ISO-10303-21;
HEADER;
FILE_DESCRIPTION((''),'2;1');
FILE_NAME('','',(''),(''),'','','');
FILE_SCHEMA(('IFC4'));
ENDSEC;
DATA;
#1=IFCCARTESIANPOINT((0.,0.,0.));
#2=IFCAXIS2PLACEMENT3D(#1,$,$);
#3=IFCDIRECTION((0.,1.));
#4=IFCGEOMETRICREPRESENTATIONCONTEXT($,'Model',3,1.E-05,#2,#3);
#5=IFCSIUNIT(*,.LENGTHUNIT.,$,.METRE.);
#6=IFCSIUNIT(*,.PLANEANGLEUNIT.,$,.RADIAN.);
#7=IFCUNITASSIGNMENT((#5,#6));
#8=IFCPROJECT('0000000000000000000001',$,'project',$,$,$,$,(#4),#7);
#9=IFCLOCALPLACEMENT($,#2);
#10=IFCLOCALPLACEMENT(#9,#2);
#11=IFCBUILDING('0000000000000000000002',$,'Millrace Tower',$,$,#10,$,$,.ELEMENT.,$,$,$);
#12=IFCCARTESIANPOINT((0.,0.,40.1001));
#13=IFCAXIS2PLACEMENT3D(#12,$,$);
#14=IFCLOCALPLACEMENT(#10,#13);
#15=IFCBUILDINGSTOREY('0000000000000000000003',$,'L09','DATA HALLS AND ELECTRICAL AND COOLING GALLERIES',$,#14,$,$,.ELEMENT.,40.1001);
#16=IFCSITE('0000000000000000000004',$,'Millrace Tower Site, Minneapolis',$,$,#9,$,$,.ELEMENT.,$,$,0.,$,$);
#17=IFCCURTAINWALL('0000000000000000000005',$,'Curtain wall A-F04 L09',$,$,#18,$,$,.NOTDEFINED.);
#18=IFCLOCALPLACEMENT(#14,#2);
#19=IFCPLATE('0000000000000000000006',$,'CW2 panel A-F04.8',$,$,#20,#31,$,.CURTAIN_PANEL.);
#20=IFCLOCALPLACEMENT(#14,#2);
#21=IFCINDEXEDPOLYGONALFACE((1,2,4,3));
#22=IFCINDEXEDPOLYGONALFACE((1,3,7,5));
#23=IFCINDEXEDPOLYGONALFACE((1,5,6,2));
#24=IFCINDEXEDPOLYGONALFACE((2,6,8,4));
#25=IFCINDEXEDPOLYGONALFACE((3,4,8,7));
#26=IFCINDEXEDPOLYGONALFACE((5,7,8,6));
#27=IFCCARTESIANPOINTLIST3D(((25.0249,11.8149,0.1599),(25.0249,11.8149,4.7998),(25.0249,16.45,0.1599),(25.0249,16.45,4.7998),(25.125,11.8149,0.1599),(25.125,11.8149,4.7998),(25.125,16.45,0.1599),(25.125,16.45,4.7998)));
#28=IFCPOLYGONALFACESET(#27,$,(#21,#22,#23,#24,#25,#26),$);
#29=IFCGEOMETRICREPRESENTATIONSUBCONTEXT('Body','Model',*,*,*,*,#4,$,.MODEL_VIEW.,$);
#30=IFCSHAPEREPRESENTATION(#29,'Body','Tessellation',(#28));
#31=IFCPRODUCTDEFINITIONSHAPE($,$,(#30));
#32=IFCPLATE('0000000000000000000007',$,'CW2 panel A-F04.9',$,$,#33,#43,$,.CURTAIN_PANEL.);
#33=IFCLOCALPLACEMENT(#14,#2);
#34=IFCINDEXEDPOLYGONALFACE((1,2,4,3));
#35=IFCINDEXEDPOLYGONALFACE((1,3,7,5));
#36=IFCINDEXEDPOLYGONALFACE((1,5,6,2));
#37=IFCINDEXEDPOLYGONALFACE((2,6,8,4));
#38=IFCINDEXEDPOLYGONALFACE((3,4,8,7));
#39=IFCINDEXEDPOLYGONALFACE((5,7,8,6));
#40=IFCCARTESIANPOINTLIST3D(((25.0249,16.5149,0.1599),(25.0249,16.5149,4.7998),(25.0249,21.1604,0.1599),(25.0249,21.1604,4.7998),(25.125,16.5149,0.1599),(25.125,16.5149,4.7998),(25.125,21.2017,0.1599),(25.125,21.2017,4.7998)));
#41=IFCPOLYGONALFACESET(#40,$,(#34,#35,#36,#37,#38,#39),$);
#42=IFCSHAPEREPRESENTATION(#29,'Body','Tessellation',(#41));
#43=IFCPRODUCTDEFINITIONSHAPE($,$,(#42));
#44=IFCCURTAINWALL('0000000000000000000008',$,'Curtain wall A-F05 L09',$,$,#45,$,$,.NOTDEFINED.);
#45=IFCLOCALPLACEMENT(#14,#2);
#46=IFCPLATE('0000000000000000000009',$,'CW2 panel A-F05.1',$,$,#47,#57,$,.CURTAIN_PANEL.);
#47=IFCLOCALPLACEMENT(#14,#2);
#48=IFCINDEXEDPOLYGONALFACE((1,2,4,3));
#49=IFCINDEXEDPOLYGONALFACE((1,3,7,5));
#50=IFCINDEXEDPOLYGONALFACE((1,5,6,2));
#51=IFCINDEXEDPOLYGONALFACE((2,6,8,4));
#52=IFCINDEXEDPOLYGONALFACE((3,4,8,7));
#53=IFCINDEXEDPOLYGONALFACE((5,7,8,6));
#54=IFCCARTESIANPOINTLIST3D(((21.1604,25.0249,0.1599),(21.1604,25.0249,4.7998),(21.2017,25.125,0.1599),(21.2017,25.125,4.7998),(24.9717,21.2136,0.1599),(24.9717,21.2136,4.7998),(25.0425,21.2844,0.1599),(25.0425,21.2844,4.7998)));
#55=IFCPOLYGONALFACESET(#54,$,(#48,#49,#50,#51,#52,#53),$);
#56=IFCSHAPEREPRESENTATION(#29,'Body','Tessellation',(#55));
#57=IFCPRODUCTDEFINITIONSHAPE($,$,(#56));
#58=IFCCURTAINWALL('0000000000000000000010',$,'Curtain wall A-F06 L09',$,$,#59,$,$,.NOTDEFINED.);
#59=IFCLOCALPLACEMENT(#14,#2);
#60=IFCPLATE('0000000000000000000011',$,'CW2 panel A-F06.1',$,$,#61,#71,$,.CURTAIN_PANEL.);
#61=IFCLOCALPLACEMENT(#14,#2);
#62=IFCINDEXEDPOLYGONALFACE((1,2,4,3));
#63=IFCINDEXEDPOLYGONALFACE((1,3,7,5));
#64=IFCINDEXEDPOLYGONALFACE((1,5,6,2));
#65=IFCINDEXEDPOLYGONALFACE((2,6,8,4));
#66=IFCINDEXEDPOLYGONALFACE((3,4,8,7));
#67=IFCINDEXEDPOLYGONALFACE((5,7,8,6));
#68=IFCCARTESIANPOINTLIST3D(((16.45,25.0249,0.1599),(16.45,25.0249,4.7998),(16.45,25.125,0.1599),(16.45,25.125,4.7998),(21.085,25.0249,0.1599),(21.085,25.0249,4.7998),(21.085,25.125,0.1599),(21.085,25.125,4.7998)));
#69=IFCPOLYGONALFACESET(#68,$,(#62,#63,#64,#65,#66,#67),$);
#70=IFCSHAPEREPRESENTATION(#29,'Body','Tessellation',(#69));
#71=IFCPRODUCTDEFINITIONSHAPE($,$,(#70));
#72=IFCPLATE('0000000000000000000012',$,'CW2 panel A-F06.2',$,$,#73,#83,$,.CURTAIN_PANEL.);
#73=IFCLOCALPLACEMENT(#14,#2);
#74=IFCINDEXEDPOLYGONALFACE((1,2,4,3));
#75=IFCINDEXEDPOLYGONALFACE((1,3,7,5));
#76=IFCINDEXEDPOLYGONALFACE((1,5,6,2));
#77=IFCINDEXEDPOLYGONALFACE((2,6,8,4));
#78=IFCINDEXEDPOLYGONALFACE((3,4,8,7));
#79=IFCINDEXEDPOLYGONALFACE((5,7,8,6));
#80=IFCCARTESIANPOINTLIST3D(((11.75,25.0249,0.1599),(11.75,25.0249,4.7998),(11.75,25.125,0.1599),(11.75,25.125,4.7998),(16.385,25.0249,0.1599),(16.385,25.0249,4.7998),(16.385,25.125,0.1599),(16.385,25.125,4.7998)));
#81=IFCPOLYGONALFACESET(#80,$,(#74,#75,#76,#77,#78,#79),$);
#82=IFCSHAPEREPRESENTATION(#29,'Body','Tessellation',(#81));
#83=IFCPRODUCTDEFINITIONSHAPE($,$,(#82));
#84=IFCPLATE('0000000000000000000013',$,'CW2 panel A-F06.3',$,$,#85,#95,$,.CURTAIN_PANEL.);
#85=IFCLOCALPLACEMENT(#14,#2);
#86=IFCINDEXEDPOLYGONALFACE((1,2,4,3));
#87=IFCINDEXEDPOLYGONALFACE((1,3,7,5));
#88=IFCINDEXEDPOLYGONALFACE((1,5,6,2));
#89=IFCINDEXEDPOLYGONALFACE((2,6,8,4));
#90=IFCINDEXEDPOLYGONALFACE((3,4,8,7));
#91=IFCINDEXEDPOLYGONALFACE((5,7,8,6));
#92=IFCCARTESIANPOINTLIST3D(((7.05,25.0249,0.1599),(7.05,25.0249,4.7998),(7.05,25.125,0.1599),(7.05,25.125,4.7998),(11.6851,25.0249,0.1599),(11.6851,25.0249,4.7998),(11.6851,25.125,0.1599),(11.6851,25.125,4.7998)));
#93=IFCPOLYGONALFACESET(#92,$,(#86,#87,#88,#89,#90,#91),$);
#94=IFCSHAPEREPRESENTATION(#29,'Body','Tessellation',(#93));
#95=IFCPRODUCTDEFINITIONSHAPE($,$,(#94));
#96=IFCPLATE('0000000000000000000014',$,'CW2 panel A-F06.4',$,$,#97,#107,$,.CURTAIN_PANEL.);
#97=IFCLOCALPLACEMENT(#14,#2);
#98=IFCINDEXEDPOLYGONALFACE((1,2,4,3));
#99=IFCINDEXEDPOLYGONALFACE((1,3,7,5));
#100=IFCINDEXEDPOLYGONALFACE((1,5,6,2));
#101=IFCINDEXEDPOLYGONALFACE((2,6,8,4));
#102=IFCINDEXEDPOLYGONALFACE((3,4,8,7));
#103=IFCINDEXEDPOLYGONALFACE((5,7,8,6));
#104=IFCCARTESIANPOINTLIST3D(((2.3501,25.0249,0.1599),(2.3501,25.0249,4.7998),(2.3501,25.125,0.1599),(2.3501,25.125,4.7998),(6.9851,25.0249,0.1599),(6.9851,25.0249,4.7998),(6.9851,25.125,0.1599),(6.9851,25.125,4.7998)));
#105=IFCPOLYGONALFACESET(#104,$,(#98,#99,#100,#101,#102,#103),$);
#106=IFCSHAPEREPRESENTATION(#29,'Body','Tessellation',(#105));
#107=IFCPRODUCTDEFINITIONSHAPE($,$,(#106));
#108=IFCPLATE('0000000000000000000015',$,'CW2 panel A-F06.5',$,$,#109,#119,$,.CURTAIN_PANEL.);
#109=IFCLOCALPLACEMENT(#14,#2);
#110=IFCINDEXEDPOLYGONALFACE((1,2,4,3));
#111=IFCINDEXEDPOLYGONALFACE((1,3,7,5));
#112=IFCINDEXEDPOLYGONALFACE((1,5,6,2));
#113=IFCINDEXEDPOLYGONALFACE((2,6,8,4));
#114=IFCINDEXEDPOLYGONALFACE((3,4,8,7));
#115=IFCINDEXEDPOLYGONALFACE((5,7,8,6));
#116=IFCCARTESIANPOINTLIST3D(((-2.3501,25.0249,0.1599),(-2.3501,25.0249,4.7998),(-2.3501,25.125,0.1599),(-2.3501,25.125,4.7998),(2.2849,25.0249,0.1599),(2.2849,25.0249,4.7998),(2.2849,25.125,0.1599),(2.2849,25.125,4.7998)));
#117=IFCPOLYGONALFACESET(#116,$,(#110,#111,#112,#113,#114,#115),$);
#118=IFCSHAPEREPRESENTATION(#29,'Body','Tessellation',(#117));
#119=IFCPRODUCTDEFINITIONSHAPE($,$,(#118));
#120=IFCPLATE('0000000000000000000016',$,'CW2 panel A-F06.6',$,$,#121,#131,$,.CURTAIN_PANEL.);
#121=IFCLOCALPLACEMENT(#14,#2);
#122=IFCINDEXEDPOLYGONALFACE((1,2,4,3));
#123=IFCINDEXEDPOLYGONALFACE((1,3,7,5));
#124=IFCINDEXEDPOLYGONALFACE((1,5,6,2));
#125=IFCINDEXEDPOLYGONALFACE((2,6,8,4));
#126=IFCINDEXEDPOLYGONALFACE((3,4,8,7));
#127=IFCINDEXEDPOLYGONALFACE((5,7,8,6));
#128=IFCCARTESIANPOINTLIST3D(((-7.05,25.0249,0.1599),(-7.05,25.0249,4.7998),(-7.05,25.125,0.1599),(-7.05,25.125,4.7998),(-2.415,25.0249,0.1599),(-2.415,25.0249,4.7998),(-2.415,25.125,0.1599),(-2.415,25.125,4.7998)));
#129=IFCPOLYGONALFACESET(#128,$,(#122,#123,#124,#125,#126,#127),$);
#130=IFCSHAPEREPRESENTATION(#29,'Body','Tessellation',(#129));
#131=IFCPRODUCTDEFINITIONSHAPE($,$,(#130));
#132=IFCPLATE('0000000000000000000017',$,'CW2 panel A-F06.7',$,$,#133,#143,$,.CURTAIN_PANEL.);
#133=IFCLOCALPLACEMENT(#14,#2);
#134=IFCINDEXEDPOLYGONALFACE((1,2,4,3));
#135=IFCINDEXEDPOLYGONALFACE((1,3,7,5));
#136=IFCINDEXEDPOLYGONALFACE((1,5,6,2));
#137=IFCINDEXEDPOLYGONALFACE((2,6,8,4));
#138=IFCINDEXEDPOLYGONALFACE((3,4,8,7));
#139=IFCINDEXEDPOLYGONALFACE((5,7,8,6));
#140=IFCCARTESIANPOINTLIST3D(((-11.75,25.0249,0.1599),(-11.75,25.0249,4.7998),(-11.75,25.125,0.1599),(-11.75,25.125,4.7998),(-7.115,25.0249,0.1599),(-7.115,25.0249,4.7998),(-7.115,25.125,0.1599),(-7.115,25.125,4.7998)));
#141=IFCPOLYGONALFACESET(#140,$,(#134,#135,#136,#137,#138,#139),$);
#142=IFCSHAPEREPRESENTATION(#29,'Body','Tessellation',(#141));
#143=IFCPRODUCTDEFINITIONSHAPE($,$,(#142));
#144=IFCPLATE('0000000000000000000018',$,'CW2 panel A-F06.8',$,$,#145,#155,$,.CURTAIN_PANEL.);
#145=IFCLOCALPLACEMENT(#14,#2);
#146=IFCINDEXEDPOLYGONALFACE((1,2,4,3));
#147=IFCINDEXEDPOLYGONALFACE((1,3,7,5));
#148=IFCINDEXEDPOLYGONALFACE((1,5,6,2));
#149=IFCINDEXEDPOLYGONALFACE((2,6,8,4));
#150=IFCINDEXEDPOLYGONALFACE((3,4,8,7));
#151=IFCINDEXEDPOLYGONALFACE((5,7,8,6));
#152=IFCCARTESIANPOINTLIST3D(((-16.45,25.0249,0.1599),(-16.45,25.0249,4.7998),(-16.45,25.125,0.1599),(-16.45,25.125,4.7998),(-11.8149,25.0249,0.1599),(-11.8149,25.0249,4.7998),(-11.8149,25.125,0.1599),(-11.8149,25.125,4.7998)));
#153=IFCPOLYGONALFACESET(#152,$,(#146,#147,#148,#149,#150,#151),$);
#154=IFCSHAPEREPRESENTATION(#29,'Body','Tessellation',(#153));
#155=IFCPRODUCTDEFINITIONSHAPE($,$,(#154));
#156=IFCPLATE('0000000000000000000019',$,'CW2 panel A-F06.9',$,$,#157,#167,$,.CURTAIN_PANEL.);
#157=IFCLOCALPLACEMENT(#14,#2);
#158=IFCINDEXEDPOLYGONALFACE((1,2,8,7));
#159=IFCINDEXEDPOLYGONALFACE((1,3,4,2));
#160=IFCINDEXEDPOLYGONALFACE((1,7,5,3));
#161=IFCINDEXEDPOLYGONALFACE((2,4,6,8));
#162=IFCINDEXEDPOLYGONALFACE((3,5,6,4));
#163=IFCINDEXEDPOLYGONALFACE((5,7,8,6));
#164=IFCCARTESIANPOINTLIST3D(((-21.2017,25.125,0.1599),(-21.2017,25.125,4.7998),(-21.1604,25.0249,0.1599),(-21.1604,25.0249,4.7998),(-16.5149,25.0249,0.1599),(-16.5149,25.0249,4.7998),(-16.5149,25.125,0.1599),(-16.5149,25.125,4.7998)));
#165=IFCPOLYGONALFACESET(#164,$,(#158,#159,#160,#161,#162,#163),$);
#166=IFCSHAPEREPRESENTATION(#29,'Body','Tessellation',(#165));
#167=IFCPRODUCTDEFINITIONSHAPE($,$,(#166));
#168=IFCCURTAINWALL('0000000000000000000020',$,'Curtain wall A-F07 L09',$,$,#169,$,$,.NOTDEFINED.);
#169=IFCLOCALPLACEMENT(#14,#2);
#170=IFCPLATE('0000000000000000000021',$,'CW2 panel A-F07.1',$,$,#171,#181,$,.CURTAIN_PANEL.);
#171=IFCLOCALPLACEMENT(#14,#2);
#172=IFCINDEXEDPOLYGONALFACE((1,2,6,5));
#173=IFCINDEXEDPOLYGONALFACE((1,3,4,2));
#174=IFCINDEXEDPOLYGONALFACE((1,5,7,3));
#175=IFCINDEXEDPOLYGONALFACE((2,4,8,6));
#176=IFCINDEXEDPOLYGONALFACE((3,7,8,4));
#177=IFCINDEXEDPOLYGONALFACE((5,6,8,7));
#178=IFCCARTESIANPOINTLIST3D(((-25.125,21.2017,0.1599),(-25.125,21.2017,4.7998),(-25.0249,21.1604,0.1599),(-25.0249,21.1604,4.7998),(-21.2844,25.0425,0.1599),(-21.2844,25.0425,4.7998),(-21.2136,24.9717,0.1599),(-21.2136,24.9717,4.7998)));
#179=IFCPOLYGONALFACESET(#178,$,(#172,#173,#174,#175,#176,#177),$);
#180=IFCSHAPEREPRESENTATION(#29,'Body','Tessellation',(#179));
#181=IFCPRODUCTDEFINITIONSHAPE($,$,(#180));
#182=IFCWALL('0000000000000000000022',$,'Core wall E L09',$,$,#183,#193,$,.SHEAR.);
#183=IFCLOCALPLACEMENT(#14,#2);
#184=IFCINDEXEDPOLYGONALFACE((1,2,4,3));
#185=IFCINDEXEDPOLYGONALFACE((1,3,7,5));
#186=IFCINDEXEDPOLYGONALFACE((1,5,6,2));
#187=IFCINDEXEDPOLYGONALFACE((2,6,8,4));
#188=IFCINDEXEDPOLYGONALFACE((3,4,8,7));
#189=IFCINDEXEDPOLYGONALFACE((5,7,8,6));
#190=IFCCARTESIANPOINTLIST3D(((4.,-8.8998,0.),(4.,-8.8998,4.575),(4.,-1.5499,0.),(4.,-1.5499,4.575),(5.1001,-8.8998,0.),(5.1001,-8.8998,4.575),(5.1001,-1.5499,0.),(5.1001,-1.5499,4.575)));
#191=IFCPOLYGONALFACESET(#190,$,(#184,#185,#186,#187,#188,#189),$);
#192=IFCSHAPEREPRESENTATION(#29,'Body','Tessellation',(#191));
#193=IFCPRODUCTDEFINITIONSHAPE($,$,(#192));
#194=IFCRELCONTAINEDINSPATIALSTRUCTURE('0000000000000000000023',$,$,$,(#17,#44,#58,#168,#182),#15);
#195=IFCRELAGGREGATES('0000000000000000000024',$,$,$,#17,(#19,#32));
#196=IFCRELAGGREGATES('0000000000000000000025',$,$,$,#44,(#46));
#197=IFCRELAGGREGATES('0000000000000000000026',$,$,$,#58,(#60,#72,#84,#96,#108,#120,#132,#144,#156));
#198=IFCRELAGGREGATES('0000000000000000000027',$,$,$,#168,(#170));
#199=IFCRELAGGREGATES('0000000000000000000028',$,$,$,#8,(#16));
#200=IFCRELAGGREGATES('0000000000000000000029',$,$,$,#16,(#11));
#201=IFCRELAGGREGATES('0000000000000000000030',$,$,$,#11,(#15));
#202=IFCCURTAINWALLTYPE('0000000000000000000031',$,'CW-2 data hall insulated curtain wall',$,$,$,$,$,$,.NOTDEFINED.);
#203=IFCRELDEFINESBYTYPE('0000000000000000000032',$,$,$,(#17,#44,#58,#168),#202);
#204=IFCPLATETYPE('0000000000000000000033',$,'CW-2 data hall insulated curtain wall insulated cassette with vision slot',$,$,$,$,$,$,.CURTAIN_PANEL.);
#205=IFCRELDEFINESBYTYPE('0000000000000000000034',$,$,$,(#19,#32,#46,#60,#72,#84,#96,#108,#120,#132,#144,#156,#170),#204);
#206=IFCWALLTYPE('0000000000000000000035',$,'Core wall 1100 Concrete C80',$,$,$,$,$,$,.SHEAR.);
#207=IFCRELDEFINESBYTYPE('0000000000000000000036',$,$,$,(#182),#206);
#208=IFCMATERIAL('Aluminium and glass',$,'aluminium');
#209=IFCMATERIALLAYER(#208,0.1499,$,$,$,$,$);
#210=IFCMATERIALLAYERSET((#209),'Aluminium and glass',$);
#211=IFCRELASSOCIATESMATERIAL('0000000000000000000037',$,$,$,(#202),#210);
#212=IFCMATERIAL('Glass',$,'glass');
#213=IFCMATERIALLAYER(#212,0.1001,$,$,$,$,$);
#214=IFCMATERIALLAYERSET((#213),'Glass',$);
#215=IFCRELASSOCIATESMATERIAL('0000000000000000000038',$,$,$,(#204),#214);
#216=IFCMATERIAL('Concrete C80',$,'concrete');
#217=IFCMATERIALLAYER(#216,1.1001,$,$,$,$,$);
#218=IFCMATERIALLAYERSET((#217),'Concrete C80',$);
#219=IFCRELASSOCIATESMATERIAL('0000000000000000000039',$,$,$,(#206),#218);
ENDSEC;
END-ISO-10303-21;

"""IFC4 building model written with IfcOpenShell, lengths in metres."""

from ifc_helpers import new_model, si_unit, direction, frame, frame_2d, origin, place, context, subcontext, project, spatial, polyline, rectangle, outline, extrude, material, layer, layer_set, type_object, element, aggregate, save


model = new_model("IFC4")

# Units and contexts
model_context = context("Model", 3, precision=1e-05, world=origin(), true_north=direction((0.0, 1.0)))
body_context = subcontext(model_context, "Body", "Model", "MODEL_VIEW")
ifc_project = project(units=[si_unit("LENGTHUNIT", "METRE"), si_unit("PLANEANGLEUNIT", "RADIAN")], contexts=[model_context])

# Site, building, storey
site_placement = place(None, origin())
site = spatial("IfcSite", under=ifc_project, at=site_placement, Name="Millrace Tower Site, Minneapolis", CompositionType="ELEMENT", RefElevation=0.0)
building_placement = place(site_placement, origin())
building = spatial("IfcBuilding", under=site, at=building_placement, Name="Millrace Tower", CompositionType="ELEMENT")
storey_placement = place(building_placement, frame((0.0, 0.0, 40.1001)))
storey = spatial("IfcBuildingStorey", under=building, at=storey_placement, Name="L09", Description="DATA HALLS AND ELECTRICAL AND COOLING GALLERIES", CompositionType="ELEMENT", Elevation=40.1001)

# Curtain wall, plates
ifc_material_1 = material(Name="Aluminium and glass", Category="aluminium")
ifc_layer_1 = layer(ifc_material_1, 0.1499)
ifc_layer_set_1 = layer_set([ifc_layer_1], Name="Aluminium and glass")
curtain_wall_type = type_object("IfcCurtainWallType", Name="CW-2 data hall insulated curtain wall", PredefinedType="NOTDEFINED", material=ifc_layer_set_1)
placement_1 = place(storey_placement, origin())
curtain_wall_1 = element("IfcCurtainWall", 1, at=placement_1, inside=storey, type_object=curtain_wall_type, Name="Curtain wall A-F04 L09", PredefinedType="NOTDEFINED")
ifc_material_2 = material(Name="Glass", Category="glass")
ifc_layer_2 = layer(ifc_material_2, 0.1001)
ifc_layer_set_2 = layer_set([ifc_layer_2], Name="Glass")
plate_type = type_object("IfcPlateType", Name="CW-2 data hall insulated curtain wall insulated cassette with vision slot", PredefinedType="CURTAIN_PANEL", material=ifc_layer_set_2)
placement_2 = place(storey_placement, frame((0.0, 0.0, 0.1599)))
plate_1 = element("IfcPlate", 2, at=placement_2, type_object=plate_type, Name="CW2 panel A-F04.8", PredefinedType="CURTAIN_PANEL", context=body_context, shape_type="SweptSolid", body=[
    extrude(outline(polyline([(25.125, 11.8149), (25.125, 16.45), (25.0249, 16.45), (25.0249, 11.8149), (25.125, 11.8149)])), origin(), (0.0, 0.0, 1.0), 4.6399),
])
plate_2 = element("IfcPlate", 3, at=placement_2, type_object=plate_type, Name="CW2 panel A-F04.9", PredefinedType="CURTAIN_PANEL", context=body_context, shape_type="SweptSolid", body=[
    extrude(outline(polyline([(25.125, 16.5149), (25.125, 21.2017), (25.0249, 21.1604), (25.0249, 16.5149), (25.125, 16.5149)])), origin(), (0.0, 0.0, 1.0), 4.6399),
])
aggregate(curtain_wall_1, [plate_1, plate_2])

# Curtain wall, plate
curtain_wall_2 = element("IfcCurtainWall", 4, at=placement_1, inside=storey, type_object=curtain_wall_type, Name="Curtain wall A-F05 L09", PredefinedType="NOTDEFINED")
plate_3 = element("IfcPlate", 5, at=placement_2, type_object=plate_type, Name="CW2 panel A-F05.1", PredefinedType="CURTAIN_PANEL", context=body_context, shape_type="SweptSolid", body=[
    extrude(outline(polyline([(25.0425, 21.2844), (21.2017, 25.125), (21.1604, 25.0249), (24.9717, 21.2136), (25.0425, 21.2844)])), origin(), (0.0, 0.0, 1.0), 4.6399),
])
aggregate(curtain_wall_2, [plate_3])

# Curtain wall, plates
curtain_wall_3 = element("IfcCurtainWall", 6, at=placement_1, inside=storey, type_object=curtain_wall_type, Name="Curtain wall A-F06 L09", PredefinedType="NOTDEFINED")
plate_4 = element("IfcPlate", 7, at=placement_2, type_object=plate_type, Name="CW2 panel A-F06.1", PredefinedType="CURTAIN_PANEL", context=body_context, shape_type="SweptSolid", body=[
    extrude(outline(polyline([(21.085, 25.125), (16.45, 25.125), (16.45, 25.0249), (21.085, 25.0249), (21.085, 25.125)])), origin(), (0.0, 0.0, 1.0), 4.6399),
])
plate_5 = element("IfcPlate", 8, at=placement_2, type_object=plate_type, Name="CW2 panel A-F06.2", PredefinedType="CURTAIN_PANEL", context=body_context, shape_type="SweptSolid", body=[
    extrude(outline(polyline([(16.385, 25.125), (11.75, 25.125), (11.75, 25.0249), (16.385, 25.0249), (16.385, 25.125)])), origin(), (0.0, 0.0, 1.0), 4.6399),
])
plate_6 = element("IfcPlate", 9, at=placement_2, type_object=plate_type, Name="CW2 panel A-F06.3", PredefinedType="CURTAIN_PANEL", context=body_context, shape_type="SweptSolid", body=[
    extrude(outline(polyline([(11.6851, 25.125), (7.05, 25.125), (7.05, 25.0249), (11.6851, 25.0249), (11.6851, 25.125)])), origin(), (0.0, 0.0, 1.0), 4.6399),
])
plate_7 = element("IfcPlate", 10, at=placement_2, type_object=plate_type, Name="CW2 panel A-F06.4", PredefinedType="CURTAIN_PANEL", context=body_context, shape_type="SweptSolid", body=[
    extrude(outline(polyline([(6.9851, 25.125), (2.3501, 25.125), (2.3501, 25.0249), (6.9851, 25.0249), (6.9851, 25.125)])), origin(), (0.0, 0.0, 1.0), 4.6399),
])
plate_8 = element("IfcPlate", 11, at=placement_2, type_object=plate_type, Name="CW2 panel A-F06.5", PredefinedType="CURTAIN_PANEL", context=body_context, shape_type="SweptSolid", body=[
    extrude(outline(polyline([(2.2849, 25.125), (-2.3501, 25.125), (-2.3501, 25.0249), (2.2849, 25.0249), (2.2849, 25.125)])), origin(), (0.0, 0.0, 1.0), 4.6399),
])
plate_9 = element("IfcPlate", 12, at=placement_2, type_object=plate_type, Name="CW2 panel A-F06.6", PredefinedType="CURTAIN_PANEL", context=body_context, shape_type="SweptSolid", body=[
    extrude(outline(polyline([(-2.415, 25.125), (-7.05, 25.125), (-7.05, 25.0249), (-2.415, 25.0249), (-2.415, 25.125)])), origin(), (0.0, 0.0, 1.0), 4.6399),
])
plate_10 = element("IfcPlate", 13, at=placement_2, type_object=plate_type, Name="CW2 panel A-F06.7", PredefinedType="CURTAIN_PANEL", context=body_context, shape_type="SweptSolid", body=[
    extrude(outline(polyline([(-7.115, 25.125), (-11.75, 25.125), (-11.75, 25.0249), (-7.115, 25.0249), (-7.115, 25.125)])), origin(), (0.0, 0.0, 1.0), 4.6399),
])
plate_11 = element("IfcPlate", 14, at=placement_2, type_object=plate_type, Name="CW2 panel A-F06.8", PredefinedType="CURTAIN_PANEL", context=body_context, shape_type="SweptSolid", body=[
    extrude(outline(polyline([(-11.8149, 25.125), (-16.45, 25.125), (-16.45, 25.0249), (-11.8149, 25.0249), (-11.8149, 25.125)])), origin(), (0.0, 0.0, 1.0), 4.6399),
])
plate_12 = element("IfcPlate", 15, at=placement_2, type_object=plate_type, Name="CW2 panel A-F06.9", PredefinedType="CURTAIN_PANEL", context=body_context, shape_type="SweptSolid", body=[
    extrude(outline(polyline([(-16.5149, 25.125), (-21.2017, 25.125), (-21.1604, 25.0249), (-16.5149, 25.0249), (-16.5149, 25.125)])), origin(), (0.0, 0.0, 1.0), 4.6399),
])
aggregate(curtain_wall_3, [plate_4, plate_5, plate_6, plate_7, plate_8, plate_9, plate_10, plate_11, plate_12])

# Curtain wall, plate
curtain_wall_4 = element("IfcCurtainWall", 16, at=placement_1, inside=storey, type_object=curtain_wall_type, Name="Curtain wall A-F07 L09", PredefinedType="NOTDEFINED")
plate_13 = element("IfcPlate", 17, at=placement_2, type_object=plate_type, Name="CW2 panel A-F07.1", PredefinedType="CURTAIN_PANEL", context=body_context, shape_type="SweptSolid", body=[
    extrude(outline(polyline([(-21.2844, 25.0425), (-25.125, 21.2017), (-25.0249, 21.1604), (-21.2136, 24.9717), (-21.2844, 25.0425)])), origin(), (0.0, 0.0, 1.0), 4.6399),
])
aggregate(curtain_wall_4, [plate_13])

# Wall
ifc_material_3 = material(Name="Concrete C80", Category="concrete")
ifc_layer_3 = layer(ifc_material_3, 1.1001)
ifc_layer_set_3 = layer_set([ifc_layer_3], Name="Concrete C80")
wall_type_1 = type_object("IfcWallType", Name="Core wall 1100 Concrete C80", PredefinedType="SHEAR", material=ifc_layer_set_3)
wall_1_placement = place(storey_placement, frame((4.55, -1.55, 0.0), z_axis=(0.0, 0.0, 1.0), x_axis=(0.0, -1.0, 0.0)))
element("IfcWall", 18, at=wall_1_placement, inside=storey, type_object=wall_type_1, Name="Core wall E L09", PredefinedType="SHEAR", context=body_context, shape_type="SweptSolid", body=[
    extrude(rectangle(XDim=7.3499, YDim=1.1001, at=frame_2d((3.6748, 0.0))), origin(), (0.0, 0.0, 1.0), 4.575),
])

save(model, "model.ifc")
